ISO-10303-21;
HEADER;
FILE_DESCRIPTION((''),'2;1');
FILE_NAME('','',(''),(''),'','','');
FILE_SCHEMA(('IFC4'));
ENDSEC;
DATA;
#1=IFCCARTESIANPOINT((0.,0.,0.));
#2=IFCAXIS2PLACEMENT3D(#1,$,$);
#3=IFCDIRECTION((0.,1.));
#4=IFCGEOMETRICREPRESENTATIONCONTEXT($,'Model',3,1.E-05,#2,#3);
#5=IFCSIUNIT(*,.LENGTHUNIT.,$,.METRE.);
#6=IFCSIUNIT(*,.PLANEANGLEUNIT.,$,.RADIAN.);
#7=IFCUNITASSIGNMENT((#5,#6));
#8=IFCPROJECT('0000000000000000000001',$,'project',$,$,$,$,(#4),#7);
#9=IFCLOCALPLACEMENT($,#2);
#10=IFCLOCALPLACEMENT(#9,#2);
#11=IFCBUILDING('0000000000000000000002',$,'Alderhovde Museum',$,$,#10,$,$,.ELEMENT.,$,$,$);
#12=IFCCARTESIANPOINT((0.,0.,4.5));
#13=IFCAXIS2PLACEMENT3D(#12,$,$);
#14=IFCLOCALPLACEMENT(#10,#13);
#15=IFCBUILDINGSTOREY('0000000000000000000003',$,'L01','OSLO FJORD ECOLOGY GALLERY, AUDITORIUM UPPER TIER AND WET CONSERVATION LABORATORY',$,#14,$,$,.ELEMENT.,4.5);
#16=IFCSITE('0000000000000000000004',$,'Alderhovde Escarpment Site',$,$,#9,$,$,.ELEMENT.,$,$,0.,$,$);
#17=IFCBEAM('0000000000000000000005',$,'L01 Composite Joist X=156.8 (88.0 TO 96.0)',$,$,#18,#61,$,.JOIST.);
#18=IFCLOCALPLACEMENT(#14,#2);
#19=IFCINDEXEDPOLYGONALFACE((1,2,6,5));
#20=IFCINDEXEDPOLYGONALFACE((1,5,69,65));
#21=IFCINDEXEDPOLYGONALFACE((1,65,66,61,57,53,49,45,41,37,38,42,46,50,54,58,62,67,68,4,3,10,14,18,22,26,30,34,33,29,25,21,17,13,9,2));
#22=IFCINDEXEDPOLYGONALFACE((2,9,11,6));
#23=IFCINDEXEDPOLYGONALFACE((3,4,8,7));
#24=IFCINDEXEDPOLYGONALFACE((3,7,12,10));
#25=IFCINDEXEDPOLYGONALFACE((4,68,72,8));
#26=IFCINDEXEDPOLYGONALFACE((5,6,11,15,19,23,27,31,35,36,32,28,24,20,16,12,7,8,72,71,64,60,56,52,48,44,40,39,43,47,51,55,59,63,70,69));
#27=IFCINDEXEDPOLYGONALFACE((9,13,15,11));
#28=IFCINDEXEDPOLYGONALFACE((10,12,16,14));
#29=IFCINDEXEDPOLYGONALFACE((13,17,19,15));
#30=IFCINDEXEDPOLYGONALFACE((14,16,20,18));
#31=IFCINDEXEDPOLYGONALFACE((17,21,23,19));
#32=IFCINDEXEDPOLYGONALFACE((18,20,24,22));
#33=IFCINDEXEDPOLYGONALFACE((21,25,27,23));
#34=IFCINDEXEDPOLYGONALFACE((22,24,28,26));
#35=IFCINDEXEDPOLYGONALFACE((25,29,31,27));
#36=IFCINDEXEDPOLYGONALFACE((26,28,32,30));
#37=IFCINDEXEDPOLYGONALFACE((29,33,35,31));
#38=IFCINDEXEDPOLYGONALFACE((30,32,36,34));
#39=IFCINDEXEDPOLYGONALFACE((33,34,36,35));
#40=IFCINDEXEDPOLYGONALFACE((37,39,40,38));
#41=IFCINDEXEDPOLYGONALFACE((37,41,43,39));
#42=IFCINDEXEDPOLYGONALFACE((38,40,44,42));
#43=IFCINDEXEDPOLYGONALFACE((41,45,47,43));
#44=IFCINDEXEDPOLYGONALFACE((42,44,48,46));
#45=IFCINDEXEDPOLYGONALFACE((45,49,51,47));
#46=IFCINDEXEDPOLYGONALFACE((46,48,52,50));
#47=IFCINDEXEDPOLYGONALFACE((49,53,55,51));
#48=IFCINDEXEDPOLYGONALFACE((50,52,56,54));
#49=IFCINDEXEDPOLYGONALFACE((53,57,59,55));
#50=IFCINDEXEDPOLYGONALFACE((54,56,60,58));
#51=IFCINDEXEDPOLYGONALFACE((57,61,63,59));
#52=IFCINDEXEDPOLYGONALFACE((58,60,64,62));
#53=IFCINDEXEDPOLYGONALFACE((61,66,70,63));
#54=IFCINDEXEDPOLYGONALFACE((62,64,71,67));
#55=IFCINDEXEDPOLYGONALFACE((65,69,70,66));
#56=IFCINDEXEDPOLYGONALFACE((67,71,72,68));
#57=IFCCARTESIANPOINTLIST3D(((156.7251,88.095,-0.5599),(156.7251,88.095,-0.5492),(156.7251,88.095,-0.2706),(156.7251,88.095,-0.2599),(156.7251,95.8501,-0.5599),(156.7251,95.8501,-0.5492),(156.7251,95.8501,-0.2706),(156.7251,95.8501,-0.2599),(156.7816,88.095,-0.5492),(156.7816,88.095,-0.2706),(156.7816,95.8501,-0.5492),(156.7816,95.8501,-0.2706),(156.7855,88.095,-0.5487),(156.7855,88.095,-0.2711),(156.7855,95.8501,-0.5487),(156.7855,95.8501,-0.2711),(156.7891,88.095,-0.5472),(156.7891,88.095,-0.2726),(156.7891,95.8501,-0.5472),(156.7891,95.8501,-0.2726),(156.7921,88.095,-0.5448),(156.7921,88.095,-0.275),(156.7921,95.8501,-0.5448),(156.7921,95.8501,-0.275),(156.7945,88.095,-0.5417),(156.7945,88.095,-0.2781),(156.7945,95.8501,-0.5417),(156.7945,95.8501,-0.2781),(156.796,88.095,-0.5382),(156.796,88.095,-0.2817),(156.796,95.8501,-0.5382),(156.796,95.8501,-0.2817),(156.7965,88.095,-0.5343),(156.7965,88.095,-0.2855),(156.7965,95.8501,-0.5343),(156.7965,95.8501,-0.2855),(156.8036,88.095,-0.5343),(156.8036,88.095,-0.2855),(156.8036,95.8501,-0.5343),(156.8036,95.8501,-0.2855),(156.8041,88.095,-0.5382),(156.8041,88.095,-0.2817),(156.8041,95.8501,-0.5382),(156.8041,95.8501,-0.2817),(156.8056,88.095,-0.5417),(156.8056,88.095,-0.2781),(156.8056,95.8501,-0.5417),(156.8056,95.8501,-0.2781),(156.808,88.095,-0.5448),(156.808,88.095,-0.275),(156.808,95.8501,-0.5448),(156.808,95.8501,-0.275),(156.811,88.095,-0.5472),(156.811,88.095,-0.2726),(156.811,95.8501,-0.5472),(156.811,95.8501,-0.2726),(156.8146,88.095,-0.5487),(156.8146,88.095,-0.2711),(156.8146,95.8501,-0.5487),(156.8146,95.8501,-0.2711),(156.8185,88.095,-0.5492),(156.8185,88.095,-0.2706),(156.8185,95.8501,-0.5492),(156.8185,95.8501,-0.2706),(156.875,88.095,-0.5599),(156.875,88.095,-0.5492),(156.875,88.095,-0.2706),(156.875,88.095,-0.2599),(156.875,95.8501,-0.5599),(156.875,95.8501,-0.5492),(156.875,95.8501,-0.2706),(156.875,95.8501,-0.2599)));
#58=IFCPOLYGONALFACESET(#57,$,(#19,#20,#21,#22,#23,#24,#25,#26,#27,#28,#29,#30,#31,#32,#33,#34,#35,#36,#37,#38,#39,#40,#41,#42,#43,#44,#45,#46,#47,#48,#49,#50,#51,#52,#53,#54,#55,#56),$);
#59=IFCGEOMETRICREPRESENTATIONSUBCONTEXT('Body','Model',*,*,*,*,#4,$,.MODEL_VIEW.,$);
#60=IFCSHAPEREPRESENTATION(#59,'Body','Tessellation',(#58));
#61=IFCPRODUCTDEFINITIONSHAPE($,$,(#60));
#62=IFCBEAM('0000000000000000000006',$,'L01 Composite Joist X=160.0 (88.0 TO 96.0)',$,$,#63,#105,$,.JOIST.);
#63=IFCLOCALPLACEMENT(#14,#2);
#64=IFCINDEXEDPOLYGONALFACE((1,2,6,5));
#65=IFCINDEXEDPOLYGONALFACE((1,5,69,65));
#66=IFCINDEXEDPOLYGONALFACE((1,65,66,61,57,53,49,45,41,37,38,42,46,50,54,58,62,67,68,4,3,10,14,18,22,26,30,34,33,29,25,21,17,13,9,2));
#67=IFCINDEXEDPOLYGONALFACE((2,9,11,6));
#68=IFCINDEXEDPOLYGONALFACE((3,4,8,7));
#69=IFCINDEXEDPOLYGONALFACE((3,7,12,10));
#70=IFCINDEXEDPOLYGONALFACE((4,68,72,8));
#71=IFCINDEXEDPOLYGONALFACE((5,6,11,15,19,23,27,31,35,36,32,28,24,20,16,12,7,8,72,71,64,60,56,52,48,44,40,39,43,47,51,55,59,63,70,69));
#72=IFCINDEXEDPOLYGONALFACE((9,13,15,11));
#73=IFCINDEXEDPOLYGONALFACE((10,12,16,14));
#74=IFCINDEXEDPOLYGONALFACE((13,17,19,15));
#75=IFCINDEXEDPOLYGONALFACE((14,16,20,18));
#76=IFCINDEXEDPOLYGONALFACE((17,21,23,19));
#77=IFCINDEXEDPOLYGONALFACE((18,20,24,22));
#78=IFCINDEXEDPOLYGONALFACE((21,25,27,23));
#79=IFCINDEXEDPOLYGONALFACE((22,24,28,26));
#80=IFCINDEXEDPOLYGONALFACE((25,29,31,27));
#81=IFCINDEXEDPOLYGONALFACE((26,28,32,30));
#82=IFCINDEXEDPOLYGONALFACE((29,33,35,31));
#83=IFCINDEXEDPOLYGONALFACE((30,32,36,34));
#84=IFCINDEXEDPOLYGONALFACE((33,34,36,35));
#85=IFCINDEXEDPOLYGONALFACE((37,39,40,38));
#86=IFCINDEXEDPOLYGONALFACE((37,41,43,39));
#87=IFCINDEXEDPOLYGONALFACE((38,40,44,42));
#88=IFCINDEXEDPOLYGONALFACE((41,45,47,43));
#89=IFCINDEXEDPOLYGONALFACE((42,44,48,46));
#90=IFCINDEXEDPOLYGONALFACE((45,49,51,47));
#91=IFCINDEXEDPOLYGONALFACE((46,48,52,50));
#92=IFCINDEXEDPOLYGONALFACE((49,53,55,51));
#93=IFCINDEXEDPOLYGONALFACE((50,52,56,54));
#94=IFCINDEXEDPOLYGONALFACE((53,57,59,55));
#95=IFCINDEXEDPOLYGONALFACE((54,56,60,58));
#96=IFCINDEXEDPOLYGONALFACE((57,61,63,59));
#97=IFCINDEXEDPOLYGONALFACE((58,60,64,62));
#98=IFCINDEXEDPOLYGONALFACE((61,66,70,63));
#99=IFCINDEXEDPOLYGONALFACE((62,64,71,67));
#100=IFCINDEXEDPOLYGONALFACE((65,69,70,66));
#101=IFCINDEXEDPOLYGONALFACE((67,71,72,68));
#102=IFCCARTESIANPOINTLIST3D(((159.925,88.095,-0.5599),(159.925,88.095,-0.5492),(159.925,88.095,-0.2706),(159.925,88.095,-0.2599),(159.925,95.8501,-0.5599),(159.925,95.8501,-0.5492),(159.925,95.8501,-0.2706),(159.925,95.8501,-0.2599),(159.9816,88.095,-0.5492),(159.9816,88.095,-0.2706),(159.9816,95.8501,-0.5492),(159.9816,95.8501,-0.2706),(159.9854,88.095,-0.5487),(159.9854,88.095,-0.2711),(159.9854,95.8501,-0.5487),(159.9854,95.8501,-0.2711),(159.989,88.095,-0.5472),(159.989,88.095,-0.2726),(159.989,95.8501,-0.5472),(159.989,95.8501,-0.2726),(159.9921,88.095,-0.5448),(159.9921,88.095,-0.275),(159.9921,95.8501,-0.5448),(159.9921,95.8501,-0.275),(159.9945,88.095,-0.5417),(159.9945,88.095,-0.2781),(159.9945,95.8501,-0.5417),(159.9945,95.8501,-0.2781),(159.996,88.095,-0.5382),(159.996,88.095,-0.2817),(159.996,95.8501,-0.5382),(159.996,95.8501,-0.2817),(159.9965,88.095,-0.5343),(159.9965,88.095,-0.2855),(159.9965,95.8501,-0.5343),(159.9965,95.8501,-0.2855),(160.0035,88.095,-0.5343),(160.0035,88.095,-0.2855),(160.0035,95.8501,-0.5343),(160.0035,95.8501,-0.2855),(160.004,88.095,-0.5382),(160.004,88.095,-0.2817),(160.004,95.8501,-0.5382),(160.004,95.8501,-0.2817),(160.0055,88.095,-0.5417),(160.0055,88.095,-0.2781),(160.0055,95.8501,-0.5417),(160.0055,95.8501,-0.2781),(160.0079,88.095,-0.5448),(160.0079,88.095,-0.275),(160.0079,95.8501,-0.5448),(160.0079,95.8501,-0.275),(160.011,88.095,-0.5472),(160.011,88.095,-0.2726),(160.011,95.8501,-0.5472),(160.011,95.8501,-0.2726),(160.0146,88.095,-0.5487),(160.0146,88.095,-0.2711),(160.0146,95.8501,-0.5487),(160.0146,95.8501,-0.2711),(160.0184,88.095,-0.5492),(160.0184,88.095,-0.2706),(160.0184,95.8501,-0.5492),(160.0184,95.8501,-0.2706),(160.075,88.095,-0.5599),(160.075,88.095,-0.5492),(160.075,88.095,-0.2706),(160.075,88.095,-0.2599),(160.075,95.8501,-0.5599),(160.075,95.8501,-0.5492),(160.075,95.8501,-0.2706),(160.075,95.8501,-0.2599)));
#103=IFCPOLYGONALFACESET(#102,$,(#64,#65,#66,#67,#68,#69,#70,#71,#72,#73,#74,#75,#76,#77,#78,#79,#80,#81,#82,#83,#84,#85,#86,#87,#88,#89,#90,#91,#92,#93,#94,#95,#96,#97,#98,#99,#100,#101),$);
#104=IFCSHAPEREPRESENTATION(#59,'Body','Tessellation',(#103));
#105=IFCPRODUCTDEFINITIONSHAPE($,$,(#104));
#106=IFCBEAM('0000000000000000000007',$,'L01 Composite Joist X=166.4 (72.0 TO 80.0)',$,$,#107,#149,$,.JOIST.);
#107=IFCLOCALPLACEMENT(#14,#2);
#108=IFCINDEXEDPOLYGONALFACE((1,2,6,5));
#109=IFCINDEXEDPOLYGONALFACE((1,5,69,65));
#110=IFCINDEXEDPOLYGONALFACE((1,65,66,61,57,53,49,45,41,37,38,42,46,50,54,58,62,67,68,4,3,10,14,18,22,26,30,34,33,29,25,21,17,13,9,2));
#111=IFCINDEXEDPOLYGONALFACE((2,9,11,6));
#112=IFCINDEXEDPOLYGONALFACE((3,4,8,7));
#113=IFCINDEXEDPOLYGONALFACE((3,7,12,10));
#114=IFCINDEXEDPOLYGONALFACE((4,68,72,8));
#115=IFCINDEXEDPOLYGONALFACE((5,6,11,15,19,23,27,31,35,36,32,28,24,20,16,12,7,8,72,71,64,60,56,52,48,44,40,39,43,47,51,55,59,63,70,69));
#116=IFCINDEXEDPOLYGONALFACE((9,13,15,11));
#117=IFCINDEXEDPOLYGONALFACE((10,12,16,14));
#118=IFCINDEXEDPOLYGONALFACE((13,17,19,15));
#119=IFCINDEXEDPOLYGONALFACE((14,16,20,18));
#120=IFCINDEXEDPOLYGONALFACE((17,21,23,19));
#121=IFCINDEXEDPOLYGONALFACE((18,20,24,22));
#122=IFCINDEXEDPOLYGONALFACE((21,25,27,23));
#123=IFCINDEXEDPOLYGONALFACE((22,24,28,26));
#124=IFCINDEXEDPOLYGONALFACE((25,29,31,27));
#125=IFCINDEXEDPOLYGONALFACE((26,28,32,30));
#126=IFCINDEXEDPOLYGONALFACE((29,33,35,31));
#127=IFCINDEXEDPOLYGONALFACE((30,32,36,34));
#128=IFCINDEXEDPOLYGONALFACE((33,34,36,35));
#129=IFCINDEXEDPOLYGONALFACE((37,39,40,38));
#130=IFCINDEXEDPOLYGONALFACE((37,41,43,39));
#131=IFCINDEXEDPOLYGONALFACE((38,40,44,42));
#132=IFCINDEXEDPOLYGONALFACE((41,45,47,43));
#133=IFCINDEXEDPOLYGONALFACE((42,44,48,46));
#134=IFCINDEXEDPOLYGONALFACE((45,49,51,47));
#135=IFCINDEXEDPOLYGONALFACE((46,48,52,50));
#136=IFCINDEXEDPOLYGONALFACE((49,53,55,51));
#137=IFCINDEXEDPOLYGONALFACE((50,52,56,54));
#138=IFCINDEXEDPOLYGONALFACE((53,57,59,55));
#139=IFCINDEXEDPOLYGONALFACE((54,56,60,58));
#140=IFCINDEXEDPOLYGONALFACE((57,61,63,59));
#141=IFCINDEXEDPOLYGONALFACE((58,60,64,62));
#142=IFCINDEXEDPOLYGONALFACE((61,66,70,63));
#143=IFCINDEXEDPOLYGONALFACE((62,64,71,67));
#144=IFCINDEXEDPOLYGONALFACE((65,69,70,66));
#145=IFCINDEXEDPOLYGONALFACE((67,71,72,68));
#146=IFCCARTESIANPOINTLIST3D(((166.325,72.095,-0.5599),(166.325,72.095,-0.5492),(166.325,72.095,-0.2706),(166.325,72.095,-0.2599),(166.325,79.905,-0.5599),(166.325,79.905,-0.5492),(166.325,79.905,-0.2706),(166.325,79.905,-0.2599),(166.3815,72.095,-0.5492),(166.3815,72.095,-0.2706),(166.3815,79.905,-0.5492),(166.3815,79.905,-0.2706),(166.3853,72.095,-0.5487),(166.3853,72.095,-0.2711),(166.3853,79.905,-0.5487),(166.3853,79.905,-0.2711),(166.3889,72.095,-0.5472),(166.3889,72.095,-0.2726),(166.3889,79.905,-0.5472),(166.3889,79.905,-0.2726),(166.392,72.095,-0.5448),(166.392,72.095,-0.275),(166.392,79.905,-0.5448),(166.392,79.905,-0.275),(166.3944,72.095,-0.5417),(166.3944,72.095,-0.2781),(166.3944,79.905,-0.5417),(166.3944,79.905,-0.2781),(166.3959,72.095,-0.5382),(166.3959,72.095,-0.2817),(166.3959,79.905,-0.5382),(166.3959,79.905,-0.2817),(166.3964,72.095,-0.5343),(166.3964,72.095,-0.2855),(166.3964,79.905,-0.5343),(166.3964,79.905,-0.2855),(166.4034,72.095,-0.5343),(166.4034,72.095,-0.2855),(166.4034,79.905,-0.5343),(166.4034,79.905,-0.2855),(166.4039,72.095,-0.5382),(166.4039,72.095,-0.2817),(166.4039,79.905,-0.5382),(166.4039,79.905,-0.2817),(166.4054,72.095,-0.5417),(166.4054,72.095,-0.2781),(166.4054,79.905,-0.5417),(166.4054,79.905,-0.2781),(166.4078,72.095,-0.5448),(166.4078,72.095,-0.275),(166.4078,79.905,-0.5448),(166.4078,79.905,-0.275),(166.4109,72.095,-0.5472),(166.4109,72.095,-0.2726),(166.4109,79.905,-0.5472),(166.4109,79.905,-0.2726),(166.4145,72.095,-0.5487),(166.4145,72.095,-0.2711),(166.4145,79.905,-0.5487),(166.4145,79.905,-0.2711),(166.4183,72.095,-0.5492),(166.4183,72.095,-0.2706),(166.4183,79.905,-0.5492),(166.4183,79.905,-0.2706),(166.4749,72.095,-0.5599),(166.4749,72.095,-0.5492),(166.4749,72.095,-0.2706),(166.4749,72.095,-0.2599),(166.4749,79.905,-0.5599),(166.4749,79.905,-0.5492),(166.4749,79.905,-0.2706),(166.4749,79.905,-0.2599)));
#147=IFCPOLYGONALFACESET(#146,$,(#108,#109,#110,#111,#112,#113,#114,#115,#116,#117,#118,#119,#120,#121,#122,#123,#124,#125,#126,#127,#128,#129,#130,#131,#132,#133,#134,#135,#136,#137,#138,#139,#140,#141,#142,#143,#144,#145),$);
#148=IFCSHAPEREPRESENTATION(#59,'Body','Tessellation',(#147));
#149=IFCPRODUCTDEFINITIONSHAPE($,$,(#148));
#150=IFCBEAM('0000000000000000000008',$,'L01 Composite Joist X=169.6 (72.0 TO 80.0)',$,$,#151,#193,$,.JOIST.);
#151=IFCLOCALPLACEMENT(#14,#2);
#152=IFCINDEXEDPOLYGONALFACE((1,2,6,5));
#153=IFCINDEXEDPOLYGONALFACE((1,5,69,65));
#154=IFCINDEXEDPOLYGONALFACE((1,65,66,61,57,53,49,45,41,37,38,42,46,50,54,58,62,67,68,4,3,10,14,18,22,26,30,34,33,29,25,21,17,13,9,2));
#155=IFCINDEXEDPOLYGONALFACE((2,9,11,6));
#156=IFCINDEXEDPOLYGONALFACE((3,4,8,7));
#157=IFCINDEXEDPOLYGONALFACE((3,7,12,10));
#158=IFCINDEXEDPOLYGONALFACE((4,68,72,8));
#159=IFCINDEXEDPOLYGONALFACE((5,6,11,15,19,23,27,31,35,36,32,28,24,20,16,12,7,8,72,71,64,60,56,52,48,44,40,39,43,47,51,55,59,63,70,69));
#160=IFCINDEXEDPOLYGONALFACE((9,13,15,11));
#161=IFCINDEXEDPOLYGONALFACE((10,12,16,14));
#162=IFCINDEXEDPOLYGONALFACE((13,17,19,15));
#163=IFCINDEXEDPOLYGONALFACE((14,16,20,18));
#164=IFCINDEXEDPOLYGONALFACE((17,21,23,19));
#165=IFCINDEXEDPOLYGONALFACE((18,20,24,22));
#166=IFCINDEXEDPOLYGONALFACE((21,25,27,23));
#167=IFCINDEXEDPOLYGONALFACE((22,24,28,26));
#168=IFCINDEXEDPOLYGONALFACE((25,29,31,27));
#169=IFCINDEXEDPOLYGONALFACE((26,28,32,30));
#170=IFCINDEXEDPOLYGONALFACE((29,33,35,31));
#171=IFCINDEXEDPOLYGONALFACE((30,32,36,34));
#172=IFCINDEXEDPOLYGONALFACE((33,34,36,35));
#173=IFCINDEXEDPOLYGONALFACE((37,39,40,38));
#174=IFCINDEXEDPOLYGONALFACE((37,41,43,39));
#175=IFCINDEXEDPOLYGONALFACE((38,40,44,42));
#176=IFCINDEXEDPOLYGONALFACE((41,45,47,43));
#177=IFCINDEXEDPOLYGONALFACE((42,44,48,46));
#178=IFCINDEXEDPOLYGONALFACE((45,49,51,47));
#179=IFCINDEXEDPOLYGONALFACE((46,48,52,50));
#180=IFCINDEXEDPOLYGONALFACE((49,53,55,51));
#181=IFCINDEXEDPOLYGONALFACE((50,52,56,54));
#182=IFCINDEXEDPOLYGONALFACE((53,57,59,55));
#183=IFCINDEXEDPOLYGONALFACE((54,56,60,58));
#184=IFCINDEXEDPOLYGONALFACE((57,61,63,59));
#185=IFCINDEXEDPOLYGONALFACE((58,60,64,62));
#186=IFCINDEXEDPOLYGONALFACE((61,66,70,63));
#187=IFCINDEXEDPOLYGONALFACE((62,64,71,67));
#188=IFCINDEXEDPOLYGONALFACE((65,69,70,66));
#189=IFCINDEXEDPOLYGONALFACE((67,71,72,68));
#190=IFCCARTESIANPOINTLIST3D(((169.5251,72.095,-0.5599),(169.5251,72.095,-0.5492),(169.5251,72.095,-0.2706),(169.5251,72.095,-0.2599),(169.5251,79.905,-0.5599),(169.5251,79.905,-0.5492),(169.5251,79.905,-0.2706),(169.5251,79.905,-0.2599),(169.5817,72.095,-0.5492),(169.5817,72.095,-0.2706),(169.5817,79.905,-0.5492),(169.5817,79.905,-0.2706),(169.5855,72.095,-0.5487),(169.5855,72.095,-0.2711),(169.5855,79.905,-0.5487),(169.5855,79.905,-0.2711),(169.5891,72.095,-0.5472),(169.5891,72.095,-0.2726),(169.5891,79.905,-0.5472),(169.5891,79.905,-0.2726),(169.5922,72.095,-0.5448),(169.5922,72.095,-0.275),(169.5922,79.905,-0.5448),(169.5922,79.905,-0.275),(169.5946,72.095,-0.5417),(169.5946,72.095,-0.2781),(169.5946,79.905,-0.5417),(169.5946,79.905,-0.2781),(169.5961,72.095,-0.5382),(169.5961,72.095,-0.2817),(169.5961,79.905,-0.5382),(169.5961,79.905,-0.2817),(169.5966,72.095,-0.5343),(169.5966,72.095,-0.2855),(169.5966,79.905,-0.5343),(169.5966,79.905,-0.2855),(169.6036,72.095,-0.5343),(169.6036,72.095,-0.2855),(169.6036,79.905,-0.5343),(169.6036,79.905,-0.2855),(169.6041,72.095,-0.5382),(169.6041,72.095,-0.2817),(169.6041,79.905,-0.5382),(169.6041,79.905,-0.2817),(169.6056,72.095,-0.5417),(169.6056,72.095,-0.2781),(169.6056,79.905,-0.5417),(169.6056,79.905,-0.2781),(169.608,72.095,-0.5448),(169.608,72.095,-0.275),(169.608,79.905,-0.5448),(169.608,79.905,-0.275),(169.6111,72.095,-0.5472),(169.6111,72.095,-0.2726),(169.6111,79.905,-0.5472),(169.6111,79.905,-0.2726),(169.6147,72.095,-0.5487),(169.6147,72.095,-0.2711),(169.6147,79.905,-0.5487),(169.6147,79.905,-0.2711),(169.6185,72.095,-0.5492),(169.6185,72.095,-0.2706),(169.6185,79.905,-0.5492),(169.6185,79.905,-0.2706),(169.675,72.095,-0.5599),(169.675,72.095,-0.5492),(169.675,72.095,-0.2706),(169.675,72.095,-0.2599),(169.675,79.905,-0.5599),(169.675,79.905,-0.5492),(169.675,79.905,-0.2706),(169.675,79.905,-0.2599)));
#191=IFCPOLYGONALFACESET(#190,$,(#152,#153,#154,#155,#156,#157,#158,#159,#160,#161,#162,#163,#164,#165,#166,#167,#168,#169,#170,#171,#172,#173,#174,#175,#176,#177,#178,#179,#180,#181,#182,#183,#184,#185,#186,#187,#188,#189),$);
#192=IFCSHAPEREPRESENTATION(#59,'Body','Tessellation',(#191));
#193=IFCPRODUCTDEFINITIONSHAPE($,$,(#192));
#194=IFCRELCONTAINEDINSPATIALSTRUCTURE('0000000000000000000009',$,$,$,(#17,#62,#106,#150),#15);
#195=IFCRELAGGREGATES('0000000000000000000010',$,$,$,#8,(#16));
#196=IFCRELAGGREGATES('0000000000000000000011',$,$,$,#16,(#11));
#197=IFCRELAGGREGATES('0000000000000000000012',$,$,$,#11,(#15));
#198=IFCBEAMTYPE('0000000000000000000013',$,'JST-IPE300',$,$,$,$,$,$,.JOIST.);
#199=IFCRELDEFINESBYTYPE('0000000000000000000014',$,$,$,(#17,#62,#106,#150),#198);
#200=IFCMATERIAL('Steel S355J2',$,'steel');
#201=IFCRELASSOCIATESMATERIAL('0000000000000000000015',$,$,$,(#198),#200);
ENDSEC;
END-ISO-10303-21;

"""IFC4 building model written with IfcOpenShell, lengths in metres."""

from ifc_helpers import new_model, si_unit, direction, frame, origin, origin_2d, place, context, subcontext, project, spatial, i_section, extrude, material, material_profile, profile_set, type_object, element, save


model = new_model("IFC4")

# Units and contexts
model_context = context("Model", 3, precision=1e-05, world=origin(), true_north=direction((0.0, 1.0)))
body_context = subcontext(model_context, "Body", "Model", "MODEL_VIEW")
ifc_project = project(units=[si_unit("LENGTHUNIT", "METRE"), si_unit("PLANEANGLEUNIT", "RADIAN")], contexts=[model_context])

# Site, building, storey
site_placement = place(None, origin())
site = spatial("IfcSite", under=ifc_project, at=site_placement, Name="Alderhovde Escarpment Site", CompositionType="ELEMENT", RefElevation=0.0)
building_placement = place(site_placement, origin())
building = spatial("IfcBuilding", under=site, at=building_placement, Name="Alderhovde Museum", CompositionType="ELEMENT")
storey_placement = place(building_placement, frame((0.0, 0.0, 4.5)))
storey = spatial("IfcBuildingStorey", under=building, at=storey_placement, Name="L01", Description="OSLO FJORD ECOLOGY GALLERY, AUDITORIUM UPPER TIER AND WET CONSERVATION LABORATORY", CompositionType="ELEMENT", Elevation=4.5)

# Beams
ifc_material_1 = material(Name="Steel S355J2", Category="steel")
ifc_material_profile_1 = material_profile(ifc_material_1, i_section(OverallWidth=0.1499, OverallDepth=0.3, WebThickness=0.0071, FlangeThickness=0.0107, FilletRadius=0.0149, at=origin_2d()), Name="IPE 300")
ifc_profile_set_1 = profile_set([ifc_material_profile_1], Name="Steel S355J2")
beam_type_1 = type_object("IfcBeamType", Name="JST-IPE300", PredefinedType="JOIST", material=ifc_profile_set_1)
for number, where, z_axis, x_axis, name in (
    (1, (156.8, 88.095, -0.4099), (0.0, 1.0, 0.0), (-1.0, 0.0, 0.0), "L01 Composite Joist X=156.8 (88.0 TO 96.0)"),
    (2, (160.0, 88.095, -0.4099), (0.0, 1.0, 0.0), (-1.0, 0.0, 0.0), "L01 Composite Joist X=160.0 (88.0 TO 96.0)"),
):
    element("IfcBeam", number, at=place(storey_placement, frame(where, z_axis=z_axis, x_axis=x_axis)), inside=storey, type_object=beam_type_1, Name=name, PredefinedType="JOIST", context=body_context, shape_type="SweptSolid", body=[
        extrude(i_section(OverallWidth=0.1499, OverallDepth=0.3, WebThickness=0.0071, FlangeThickness=0.0107, FilletRadius=0.0149, at=origin_2d()), origin(), (0.0, 0.0, 1.0), 7.7551),
    ])
for number, where, z_axis, x_axis, name in (
    (3, (166.3999, 72.095, -0.4099), (0.0, 1.0, 0.0), (-1.0, 0.0, 0.0), "L01 Composite Joist X=166.4 (72.0 TO 80.0)"),
    (4, (169.6001, 72.095, -0.4099), (0.0, 1.0, 0.0), (-1.0, 0.0, 0.0), "L01 Composite Joist X=169.6 (72.0 TO 80.0)"),
):
    element("IfcBeam", number, at=place(storey_placement, frame(where, z_axis=z_axis, x_axis=x_axis)), inside=storey, type_object=beam_type_1, Name=name, PredefinedType="JOIST", context=body_context, shape_type="SweptSolid", body=[
        extrude(i_section(OverallWidth=0.1499, OverallDepth=0.3, WebThickness=0.0071, FlangeThickness=0.0107, FilletRadius=0.0149, at=origin_2d()), origin(), (0.0, 0.0, 1.0), 7.8101),
    ])

save(model, "model.ifc")
